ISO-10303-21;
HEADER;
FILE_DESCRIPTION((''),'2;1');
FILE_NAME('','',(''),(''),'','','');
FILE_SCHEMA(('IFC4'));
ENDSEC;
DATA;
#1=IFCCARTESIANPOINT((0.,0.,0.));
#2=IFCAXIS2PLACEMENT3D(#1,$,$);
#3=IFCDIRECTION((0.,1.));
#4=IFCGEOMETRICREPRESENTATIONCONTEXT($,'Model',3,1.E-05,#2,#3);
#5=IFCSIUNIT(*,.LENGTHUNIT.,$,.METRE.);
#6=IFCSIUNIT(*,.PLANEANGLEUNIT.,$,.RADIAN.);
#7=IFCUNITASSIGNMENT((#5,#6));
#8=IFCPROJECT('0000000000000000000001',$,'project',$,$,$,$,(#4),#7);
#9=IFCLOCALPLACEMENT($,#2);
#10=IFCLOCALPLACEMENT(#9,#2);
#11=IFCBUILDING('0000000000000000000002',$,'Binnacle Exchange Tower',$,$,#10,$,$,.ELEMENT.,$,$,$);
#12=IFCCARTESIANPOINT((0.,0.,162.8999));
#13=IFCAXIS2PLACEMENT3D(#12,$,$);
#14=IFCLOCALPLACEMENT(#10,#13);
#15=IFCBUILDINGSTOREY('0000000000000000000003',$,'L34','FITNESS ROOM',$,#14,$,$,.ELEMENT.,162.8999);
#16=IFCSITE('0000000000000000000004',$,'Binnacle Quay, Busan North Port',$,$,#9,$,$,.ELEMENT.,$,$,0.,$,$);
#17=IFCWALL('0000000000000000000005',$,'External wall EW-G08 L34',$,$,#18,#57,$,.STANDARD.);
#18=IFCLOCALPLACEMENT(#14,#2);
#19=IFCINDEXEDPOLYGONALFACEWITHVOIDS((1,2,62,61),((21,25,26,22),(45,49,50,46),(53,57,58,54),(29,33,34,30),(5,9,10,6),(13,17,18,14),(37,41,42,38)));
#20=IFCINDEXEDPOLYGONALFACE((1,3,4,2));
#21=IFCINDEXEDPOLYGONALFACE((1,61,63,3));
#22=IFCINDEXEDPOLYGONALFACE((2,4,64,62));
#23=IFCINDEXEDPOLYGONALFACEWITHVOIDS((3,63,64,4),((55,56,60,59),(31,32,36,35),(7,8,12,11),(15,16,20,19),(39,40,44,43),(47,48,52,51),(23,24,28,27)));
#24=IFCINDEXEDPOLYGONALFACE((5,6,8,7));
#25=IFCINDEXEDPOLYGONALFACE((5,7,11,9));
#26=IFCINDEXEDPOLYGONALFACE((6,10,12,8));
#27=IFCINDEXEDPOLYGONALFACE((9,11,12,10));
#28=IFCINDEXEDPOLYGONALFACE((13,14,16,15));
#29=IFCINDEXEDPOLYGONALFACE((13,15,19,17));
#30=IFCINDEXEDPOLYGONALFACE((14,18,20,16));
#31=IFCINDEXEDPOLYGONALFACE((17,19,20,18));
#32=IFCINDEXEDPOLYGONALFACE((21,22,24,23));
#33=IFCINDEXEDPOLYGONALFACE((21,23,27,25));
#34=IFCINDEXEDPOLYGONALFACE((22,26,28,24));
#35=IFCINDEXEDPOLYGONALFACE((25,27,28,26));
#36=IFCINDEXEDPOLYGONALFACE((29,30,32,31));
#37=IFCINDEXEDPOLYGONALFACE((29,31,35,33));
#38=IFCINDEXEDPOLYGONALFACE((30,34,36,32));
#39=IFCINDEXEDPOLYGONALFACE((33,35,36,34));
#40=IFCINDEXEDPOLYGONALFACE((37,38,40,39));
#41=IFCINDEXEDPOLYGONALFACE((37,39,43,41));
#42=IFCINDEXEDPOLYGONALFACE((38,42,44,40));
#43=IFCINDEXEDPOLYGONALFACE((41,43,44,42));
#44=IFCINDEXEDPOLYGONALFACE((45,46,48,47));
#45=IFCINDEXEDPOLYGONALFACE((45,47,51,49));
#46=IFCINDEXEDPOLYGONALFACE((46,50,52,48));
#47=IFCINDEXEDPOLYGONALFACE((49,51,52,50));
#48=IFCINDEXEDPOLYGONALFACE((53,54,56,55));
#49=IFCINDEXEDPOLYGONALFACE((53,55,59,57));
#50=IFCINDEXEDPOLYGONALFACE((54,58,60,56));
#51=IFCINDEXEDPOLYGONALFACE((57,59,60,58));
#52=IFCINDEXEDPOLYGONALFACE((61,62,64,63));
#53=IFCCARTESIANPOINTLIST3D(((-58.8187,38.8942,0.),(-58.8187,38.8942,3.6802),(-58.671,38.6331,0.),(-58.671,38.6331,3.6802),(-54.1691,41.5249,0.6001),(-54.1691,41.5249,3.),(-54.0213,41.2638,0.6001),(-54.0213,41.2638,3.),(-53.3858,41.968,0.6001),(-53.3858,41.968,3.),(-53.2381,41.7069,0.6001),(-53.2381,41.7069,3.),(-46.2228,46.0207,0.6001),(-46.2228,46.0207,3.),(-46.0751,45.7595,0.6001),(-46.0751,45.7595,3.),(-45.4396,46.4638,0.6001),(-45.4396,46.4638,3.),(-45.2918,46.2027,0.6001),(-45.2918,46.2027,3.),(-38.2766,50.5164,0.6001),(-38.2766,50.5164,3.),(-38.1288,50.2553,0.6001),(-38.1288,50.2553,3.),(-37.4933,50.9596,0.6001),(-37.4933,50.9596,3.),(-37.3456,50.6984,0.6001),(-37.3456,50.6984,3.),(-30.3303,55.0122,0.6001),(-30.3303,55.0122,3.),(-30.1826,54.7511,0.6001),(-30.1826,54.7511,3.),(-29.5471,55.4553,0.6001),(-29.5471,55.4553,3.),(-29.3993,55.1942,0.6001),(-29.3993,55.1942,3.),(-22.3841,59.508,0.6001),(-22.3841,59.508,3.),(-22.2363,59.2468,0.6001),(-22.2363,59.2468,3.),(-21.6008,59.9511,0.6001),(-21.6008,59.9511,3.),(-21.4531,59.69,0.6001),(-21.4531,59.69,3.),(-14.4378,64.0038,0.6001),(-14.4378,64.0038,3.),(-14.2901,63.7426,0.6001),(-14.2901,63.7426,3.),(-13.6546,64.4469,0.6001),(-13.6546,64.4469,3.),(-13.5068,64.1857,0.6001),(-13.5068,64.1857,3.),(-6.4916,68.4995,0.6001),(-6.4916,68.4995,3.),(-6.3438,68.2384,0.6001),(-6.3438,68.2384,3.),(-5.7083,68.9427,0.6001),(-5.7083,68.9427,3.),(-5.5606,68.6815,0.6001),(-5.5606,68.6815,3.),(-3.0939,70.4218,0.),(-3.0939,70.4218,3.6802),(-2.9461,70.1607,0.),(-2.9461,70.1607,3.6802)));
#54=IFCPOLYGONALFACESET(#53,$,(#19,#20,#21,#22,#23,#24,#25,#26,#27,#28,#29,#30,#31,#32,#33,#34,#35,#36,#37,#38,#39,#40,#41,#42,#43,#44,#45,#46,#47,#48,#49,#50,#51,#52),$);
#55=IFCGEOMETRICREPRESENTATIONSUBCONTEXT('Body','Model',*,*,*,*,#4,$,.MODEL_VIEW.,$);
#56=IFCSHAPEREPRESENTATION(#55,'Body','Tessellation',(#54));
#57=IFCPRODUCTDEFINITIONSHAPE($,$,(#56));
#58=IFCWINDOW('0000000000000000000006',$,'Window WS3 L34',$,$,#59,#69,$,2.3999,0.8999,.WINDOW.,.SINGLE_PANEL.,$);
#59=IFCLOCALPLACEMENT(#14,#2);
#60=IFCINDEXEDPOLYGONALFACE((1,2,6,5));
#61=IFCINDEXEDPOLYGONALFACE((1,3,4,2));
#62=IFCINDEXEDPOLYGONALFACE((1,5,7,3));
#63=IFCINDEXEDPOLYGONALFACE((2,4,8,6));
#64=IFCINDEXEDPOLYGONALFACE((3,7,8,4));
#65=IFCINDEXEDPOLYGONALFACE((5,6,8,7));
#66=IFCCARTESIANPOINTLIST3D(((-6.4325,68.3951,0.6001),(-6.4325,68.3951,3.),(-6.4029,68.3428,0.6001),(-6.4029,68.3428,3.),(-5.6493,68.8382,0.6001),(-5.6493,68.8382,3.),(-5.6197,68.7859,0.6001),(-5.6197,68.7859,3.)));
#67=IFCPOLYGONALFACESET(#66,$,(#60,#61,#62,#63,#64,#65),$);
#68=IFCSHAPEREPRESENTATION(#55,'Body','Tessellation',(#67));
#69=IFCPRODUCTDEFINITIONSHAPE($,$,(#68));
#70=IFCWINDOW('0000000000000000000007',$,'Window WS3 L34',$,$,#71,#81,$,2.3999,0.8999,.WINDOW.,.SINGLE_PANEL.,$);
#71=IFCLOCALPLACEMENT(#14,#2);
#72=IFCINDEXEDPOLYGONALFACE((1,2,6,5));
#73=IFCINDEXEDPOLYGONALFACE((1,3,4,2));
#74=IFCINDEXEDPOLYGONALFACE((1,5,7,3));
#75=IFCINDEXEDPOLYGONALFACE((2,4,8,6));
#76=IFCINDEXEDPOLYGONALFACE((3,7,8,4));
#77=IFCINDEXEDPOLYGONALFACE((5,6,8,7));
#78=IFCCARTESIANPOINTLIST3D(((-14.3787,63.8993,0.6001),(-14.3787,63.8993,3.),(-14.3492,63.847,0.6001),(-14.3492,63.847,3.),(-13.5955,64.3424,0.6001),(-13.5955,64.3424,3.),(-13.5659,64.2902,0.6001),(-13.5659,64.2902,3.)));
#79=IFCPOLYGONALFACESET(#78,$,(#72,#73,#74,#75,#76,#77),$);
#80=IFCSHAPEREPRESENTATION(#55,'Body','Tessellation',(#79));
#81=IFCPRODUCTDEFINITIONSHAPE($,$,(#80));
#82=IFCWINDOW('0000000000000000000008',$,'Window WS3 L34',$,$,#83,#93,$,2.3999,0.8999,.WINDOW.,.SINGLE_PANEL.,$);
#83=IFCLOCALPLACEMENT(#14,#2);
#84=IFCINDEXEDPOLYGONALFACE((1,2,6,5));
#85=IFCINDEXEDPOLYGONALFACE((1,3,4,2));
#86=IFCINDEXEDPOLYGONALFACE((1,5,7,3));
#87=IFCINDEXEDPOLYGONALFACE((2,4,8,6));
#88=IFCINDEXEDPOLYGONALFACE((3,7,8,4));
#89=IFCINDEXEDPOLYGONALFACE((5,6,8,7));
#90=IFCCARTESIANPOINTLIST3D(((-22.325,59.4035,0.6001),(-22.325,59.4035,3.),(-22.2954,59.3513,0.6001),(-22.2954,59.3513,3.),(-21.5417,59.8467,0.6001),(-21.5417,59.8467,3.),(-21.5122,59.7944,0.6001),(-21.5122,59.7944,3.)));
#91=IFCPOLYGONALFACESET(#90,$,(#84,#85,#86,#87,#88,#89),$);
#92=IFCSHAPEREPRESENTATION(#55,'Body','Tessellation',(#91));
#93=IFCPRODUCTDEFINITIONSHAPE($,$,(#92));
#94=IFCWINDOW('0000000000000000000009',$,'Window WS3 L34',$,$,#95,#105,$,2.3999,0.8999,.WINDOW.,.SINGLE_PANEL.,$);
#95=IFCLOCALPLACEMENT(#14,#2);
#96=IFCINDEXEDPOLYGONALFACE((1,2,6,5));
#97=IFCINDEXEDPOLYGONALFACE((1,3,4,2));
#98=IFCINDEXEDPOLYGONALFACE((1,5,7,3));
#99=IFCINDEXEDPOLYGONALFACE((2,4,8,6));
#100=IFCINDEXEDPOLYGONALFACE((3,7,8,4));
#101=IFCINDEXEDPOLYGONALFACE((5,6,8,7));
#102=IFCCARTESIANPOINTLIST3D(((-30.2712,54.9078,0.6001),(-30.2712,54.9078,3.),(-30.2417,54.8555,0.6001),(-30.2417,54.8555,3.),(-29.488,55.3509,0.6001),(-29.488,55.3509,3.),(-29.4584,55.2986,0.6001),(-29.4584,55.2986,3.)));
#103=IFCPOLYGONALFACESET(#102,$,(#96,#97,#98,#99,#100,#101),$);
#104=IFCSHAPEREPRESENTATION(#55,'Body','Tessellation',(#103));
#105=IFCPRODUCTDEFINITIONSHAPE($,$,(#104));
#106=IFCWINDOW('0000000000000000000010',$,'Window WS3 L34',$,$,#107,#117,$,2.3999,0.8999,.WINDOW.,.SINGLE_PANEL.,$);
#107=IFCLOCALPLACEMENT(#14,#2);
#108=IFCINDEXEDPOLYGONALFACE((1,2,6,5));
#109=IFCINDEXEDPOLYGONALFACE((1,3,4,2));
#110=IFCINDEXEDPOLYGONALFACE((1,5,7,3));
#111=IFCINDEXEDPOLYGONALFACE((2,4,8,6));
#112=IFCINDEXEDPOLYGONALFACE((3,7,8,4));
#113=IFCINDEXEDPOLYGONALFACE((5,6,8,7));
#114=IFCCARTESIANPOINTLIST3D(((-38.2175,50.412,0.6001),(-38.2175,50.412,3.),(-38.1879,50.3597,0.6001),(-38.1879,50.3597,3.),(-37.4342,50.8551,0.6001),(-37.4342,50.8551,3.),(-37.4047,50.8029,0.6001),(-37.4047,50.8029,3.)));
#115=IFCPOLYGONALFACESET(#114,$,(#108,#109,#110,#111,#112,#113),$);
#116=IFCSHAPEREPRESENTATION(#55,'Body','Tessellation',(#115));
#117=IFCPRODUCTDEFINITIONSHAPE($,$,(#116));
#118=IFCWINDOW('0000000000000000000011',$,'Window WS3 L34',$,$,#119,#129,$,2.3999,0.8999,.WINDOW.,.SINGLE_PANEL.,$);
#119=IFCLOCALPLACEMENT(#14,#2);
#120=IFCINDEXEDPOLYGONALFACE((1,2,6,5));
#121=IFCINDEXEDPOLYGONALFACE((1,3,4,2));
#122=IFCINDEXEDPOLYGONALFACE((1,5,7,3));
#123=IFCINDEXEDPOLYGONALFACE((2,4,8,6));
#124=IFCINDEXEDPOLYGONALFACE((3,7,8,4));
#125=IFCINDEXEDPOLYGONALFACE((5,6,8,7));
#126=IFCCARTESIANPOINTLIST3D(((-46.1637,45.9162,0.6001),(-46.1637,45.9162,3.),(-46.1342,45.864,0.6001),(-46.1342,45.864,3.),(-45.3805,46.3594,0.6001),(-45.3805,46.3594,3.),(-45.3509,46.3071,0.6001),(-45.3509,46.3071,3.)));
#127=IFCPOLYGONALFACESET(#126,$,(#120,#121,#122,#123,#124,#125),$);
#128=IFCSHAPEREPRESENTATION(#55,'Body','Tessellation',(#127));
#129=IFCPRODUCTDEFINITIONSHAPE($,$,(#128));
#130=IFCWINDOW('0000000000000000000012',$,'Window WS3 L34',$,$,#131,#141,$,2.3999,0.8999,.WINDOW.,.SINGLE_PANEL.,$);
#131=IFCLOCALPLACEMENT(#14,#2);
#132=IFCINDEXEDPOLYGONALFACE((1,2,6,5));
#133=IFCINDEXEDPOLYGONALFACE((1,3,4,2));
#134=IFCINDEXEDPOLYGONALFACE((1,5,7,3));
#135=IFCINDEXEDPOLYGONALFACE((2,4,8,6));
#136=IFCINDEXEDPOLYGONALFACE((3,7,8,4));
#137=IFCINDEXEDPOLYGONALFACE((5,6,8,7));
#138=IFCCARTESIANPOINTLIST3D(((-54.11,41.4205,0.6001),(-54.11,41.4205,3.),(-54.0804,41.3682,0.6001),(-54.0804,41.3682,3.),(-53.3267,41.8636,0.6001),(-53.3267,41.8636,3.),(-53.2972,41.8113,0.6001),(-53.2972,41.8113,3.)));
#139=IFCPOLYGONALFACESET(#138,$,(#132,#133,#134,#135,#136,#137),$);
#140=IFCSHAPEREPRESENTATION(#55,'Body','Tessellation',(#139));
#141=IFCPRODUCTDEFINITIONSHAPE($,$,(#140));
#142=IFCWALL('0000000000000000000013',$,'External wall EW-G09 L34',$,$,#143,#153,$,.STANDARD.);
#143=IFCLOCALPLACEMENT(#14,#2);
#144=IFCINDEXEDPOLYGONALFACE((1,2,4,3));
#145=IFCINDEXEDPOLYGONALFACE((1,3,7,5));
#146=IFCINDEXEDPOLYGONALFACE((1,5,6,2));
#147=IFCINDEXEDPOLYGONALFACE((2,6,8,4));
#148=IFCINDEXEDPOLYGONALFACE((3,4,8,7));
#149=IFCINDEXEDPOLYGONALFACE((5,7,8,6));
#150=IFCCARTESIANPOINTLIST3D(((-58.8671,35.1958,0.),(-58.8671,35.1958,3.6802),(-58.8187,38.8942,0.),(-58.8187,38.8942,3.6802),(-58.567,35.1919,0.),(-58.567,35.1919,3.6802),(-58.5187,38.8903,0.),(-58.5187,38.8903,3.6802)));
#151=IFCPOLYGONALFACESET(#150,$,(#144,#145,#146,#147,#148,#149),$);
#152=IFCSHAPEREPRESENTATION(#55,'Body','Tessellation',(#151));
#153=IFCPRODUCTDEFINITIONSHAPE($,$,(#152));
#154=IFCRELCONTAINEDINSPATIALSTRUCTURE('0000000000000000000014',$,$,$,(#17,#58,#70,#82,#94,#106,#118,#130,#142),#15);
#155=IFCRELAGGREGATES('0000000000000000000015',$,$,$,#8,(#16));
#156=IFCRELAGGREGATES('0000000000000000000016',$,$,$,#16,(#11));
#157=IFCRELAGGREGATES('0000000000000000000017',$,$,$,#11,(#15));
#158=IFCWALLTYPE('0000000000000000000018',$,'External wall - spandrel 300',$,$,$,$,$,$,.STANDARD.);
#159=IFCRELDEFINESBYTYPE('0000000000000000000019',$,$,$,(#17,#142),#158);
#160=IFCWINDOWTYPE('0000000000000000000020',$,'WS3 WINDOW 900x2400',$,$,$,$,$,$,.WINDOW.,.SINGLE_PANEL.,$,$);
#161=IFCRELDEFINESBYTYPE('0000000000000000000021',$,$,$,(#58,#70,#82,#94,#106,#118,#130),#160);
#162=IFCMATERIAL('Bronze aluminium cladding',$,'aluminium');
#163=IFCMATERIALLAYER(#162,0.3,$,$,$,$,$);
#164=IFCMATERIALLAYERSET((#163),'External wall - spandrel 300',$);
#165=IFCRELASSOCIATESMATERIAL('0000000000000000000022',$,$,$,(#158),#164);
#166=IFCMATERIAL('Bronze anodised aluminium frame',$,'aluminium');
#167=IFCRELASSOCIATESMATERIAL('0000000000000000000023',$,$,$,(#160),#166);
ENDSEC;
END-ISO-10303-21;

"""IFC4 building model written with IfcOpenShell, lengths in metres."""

from ifc_helpers import new_model, si_unit, direction, frame, frame_2d, origin, place, context, subcontext, project, spatial, rectangle, extrude, material, layer, layer_set, type_object, element, fill, save


model = new_model("IFC4")

# Units and contexts
model_context = context("Model", 3, precision=1e-05, world=origin(), true_north=direction((0.0, 1.0)))
body_context = subcontext(model_context, "Body", "Model", "MODEL_VIEW")
ifc_project = project(units=[si_unit("LENGTHUNIT", "METRE"), si_unit("PLANEANGLEUNIT", "RADIAN")], contexts=[model_context])

# Site, building, storey
site_placement = place(None, origin())
site = spatial("IfcSite", under=ifc_project, at=site_placement, Name="Binnacle Quay, Busan North Port", CompositionType="ELEMENT", RefElevation=0.0)
building_placement = place(site_placement, origin())
building = spatial("IfcBuilding", under=site, at=building_placement, Name="Binnacle Exchange Tower", CompositionType="ELEMENT")
storey_placement = place(building_placement, frame((0.0, 0.0, 162.8999)))
storey = spatial("IfcBuildingStorey", under=building, at=storey_placement, Name="L34", Description="FITNESS ROOM", CompositionType="ELEMENT", Elevation=162.8999)

# Wall, openings, windows
ifc_material_1 = material(Name="Bronze aluminium cladding", Category="aluminium")
ifc_layer_1 = layer(ifc_material_1, 0.3)
ifc_layer_set_1 = layer_set([ifc_layer_1], Name="External wall - spandrel 300")
wall_type_1 = type_object("IfcWallType", Name="External wall - spandrel 300", PredefinedType="STANDARD", material=ifc_layer_set_1)
wall_1_placement = place(storey_placement, frame((-58.7449, 38.7637, 0.0), z_axis=(0.0, 0.0, 1.0), x_axis=(0.870356, 0.492423, 0.0)))
wall_1 = element("IfcWall", 1, at=wall_1_placement, inside=storey, type_object=wall_type_1, Name="External wall EW-G08 L34", PredefinedType="STANDARD", context=body_context, shape_type="SweptSolid", body=[
    extrude(rectangle(XDim=64.0254, YDim=0.3, at=frame_2d((32.0127, 0.0))), origin(), (0.0, 0.0, 1.0), 3.6802),
])
opening_1_placement = place(wall_1_placement, frame((60.1216, 0.0, 0.6001)))
opening_1 = element("IfcOpeningElement", 2, at=opening_1_placement, cuts=wall_1, PredefinedType="OPENING", context=body_context, shape_type="SweptSolid", body=[
    extrude(rectangle(XDim=0.8999, YDim=2.3999, at=frame_2d((0.45, 1.2))), frame((0.0, 0.1599, 0.0), z_axis=(0.0, -1.0, 0.0), x_axis=(1.0, 0.0, 0.0)), (0.0, 0.0, 1.0), 0.3201),
])
opening_2_placement = place(wall_1_placement, frame((50.9917, 0.0, 0.6001)))
opening_2 = element("IfcOpeningElement", 3, at=opening_2_placement, cuts=wall_1, PredefinedType="OPENING", context=body_context, shape_type="SweptSolid", body=[
    extrude(rectangle(XDim=0.8999, YDim=2.3999, at=frame_2d((0.45, 1.2))), frame((0.0, 0.1599, 0.0), z_axis=(0.0, -1.0, 0.0), x_axis=(1.0, 0.0, 0.0)), (0.0, 0.0, 1.0), 0.3201),
])
opening_3_placement = place(wall_1_placement, frame((41.8618, 0.0, 0.6001)))
opening_3 = element("IfcOpeningElement", 4, at=opening_3_placement, cuts=wall_1, PredefinedType="OPENING", context=body_context, shape_type="SweptSolid", body=[
    extrude(rectangle(XDim=0.8999, YDim=2.3999, at=frame_2d((0.45, 1.2))), frame((0.0, 0.1599, 0.0), z_axis=(0.0, -1.0, 0.0), x_axis=(1.0, 0.0, 0.0)), (0.0, 0.0, 1.0), 0.3201),
])
opening_4_placement = place(wall_1_placement, frame((32.7319, 0.0, 0.6001)))
opening_4 = element("IfcOpeningElement", 5, at=opening_4_placement, cuts=wall_1, PredefinedType="OPENING", context=body_context, shape_type="SweptSolid", body=[
    extrude(rectangle(XDim=0.8999, YDim=2.3999, at=frame_2d((0.45, 1.2))), frame((0.0, 0.1599, 0.0), z_axis=(0.0, -1.0, 0.0), x_axis=(1.0, 0.0, 0.0)), (0.0, 0.0, 1.0), 0.3201),
])
opening_5_placement = place(wall_1_placement, frame((23.6021, 0.0, 0.6001)))
opening_5 = element("IfcOpeningElement", 6, at=opening_5_placement, cuts=wall_1, PredefinedType="OPENING", context=body_context, shape_type="SweptSolid", body=[
    extrude(rectangle(XDim=0.8999, YDim=2.3999, at=frame_2d((0.45, 1.2))), frame((0.0, 0.1599, 0.0), z_axis=(0.0, -1.0, 0.0), x_axis=(1.0, 0.0, 0.0)), (0.0, 0.0, 1.0), 0.3201),
])
opening_6_placement = place(wall_1_placement, frame((14.4722, 0.0, 0.6001)))
opening_6 = element("IfcOpeningElement", 7, at=opening_6_placement, cuts=wall_1, PredefinedType="OPENING", context=body_context, shape_type="SweptSolid", body=[
    extrude(rectangle(XDim=0.8999, YDim=2.3999, at=frame_2d((0.45, 1.2))), frame((0.0, 0.1599, 0.0), z_axis=(0.0, -1.0, 0.0), x_axis=(1.0, 0.0, 0.0)), (0.0, 0.0, 1.0), 0.3201),
])
opening_7_placement = place(wall_1_placement, frame((5.3423, 0.0, 0.6001)))
opening_7 = element("IfcOpeningElement", 8, at=opening_7_placement, cuts=wall_1, PredefinedType="OPENING", context=body_context, shape_type="SweptSolid", body=[
    extrude(rectangle(XDim=0.8999, YDim=2.3999, at=frame_2d((0.45, 1.2))), frame((0.0, 0.1599, 0.0), z_axis=(0.0, -1.0, 0.0), x_axis=(1.0, 0.0, 0.0)), (0.0, 0.0, 1.0), 0.3201),
])
ifc_material_2 = material(Name="Bronze anodised aluminium frame", Category="aluminium")
window_type = type_object("IfcWindowType", Name="WS3 WINDOW 900x2400", PartitioningType="SINGLE_PANEL", PredefinedType="WINDOW", material=ifc_material_2)
window_1_placement = place(opening_1_placement, origin())
window_1 = element("IfcWindow", 9, at=window_1_placement, inside=storey, type_object=window_type, Name="Window WS3 L34", OverallHeight=2.3999, OverallWidth=0.8999, PartitioningType="SINGLE_PANEL", PredefinedType="WINDOW", context=body_context, shape_type="SweptSolid", body=[
    extrude(rectangle(XDim=0.8999, YDim=2.3999, at=frame_2d((0.45, 1.2))), frame((0.0, 0.03, 0.0), z_axis=(0.0, -1.0, 0.0), x_axis=(1.0, 0.0, 0.0)), (0.0, 0.0, 1.0), 0.0601),
])
fill(opening_1, window_1)
window_2_placement = place(opening_2_placement, origin())
window_2 = element("IfcWindow", 10, at=window_2_placement, inside=storey, type_object=window_type, Name="Window WS3 L34", OverallHeight=2.3999, OverallWidth=0.8999, PartitioningType="SINGLE_PANEL", PredefinedType="WINDOW", context=body_context, shape_type="SweptSolid", body=[
    extrude(rectangle(XDim=0.8999, YDim=2.3999, at=frame_2d((0.45, 1.2))), frame((0.0, 0.03, 0.0), z_axis=(0.0, -1.0, 0.0), x_axis=(1.0, 0.0, 0.0)), (0.0, 0.0, 1.0), 0.0601),
])
fill(opening_2, window_2)
window_3_placement = place(opening_3_placement, origin())
window_3 = element("IfcWindow", 11, at=window_3_placement, inside=storey, type_object=window_type, Name="Window WS3 L34", OverallHeight=2.3999, OverallWidth=0.8999, PartitioningType="SINGLE_PANEL", PredefinedType="WINDOW", context=body_context, shape_type="SweptSolid", body=[
    extrude(rectangle(XDim=0.8999, YDim=2.3999, at=frame_2d((0.45, 1.2))), frame((0.0, 0.03, 0.0), z_axis=(0.0, -1.0, 0.0), x_axis=(1.0, 0.0, 0.0)), (0.0, 0.0, 1.0), 0.0601),
])
fill(opening_3, window_3)
window_4_placement = place(opening_4_placement, origin())
window_4 = element("IfcWindow", 12, at=window_4_placement, inside=storey, type_object=window_type, Name="Window WS3 L34", OverallHeight=2.3999, OverallWidth=0.8999, PartitioningType="SINGLE_PANEL", PredefinedType="WINDOW", context=body_context, shape_type="SweptSolid", body=[
    extrude(rectangle(XDim=0.8999, YDim=2.3999, at=frame_2d((0.45, 1.2))), frame((0.0, 0.03, 0.0), z_axis=(0.0, -1.0, 0.0), x_axis=(1.0, 0.0, 0.0)), (0.0, 0.0, 1.0), 0.0601),
])
fill(opening_4, window_4)
window_5_placement = place(opening_5_placement, origin())
window_5 = element("IfcWindow", 13, at=window_5_placement, inside=storey, type_object=window_type, Name="Window WS3 L34", OverallHeight=2.3999, OverallWidth=0.8999, PartitioningType="SINGLE_PANEL", PredefinedType="WINDOW", context=body_context, shape_type="SweptSolid", body=[
    extrude(rectangle(XDim=0.8999, YDim=2.3999, at=frame_2d((0.45, 1.2))), frame((0.0, 0.03, 0.0), z_axis=(0.0, -1.0, 0.0), x_axis=(1.0, 0.0, 0.0)), (0.0, 0.0, 1.0), 0.0601),
])
fill(opening_5, window_5)
window_6_placement = place(opening_6_placement, origin())
window_6 = element("IfcWindow", 14, at=window_6_placement, inside=storey, type_object=window_type, Name="Window WS3 L34", OverallHeight=2.3999, OverallWidth=0.8999, PartitioningType="SINGLE_PANEL", PredefinedType="WINDOW", context=body_context, shape_type="SweptSolid", body=[
    extrude(rectangle(XDim=0.8999, YDim=2.3999, at=frame_2d((0.45, 1.2))), frame((0.0, 0.03, 0.0), z_axis=(0.0, -1.0, 0.0), x_axis=(1.0, 0.0, 0.0)), (0.0, 0.0, 1.0), 0.0601),
])
fill(opening_6, window_6)
window_7_placement = place(opening_7_placement, origin())
window_7 = element("IfcWindow", 15, at=window_7_placement, inside=storey, type_object=window_type, Name="Window WS3 L34", OverallHeight=2.3999, OverallWidth=0.8999, PartitioningType="SINGLE_PANEL", PredefinedType="WINDOW", context=body_context, shape_type="SweptSolid", body=[
    extrude(rectangle(XDim=0.8999, YDim=2.3999, at=frame_2d((0.45, 1.2))), frame((0.0, 0.03, 0.0), z_axis=(0.0, -1.0, 0.0), x_axis=(1.0, 0.0, 0.0)), (0.0, 0.0, 1.0), 0.0601),
])
fill(opening_7, window_7)

# Wall
wall_2_placement = place(storey_placement, frame((-58.717, 35.1938, 0.0), z_axis=(0.0, 0.0, 1.0), x_axis=(0.013069, 0.999915, 0.0)))
element("IfcWall", 16, at=wall_2_placement, inside=storey, type_object=wall_type_1, Name="External wall EW-G09 L34", PredefinedType="STANDARD", context=body_context, shape_type="SweptSolid", body=[
    extrude(rectangle(XDim=3.6987, YDim=0.3, at=frame_2d((1.8494, 0.0))), origin(), (0.0, 0.0, 1.0), 3.6802),
])

save(model, "model.ifc")
